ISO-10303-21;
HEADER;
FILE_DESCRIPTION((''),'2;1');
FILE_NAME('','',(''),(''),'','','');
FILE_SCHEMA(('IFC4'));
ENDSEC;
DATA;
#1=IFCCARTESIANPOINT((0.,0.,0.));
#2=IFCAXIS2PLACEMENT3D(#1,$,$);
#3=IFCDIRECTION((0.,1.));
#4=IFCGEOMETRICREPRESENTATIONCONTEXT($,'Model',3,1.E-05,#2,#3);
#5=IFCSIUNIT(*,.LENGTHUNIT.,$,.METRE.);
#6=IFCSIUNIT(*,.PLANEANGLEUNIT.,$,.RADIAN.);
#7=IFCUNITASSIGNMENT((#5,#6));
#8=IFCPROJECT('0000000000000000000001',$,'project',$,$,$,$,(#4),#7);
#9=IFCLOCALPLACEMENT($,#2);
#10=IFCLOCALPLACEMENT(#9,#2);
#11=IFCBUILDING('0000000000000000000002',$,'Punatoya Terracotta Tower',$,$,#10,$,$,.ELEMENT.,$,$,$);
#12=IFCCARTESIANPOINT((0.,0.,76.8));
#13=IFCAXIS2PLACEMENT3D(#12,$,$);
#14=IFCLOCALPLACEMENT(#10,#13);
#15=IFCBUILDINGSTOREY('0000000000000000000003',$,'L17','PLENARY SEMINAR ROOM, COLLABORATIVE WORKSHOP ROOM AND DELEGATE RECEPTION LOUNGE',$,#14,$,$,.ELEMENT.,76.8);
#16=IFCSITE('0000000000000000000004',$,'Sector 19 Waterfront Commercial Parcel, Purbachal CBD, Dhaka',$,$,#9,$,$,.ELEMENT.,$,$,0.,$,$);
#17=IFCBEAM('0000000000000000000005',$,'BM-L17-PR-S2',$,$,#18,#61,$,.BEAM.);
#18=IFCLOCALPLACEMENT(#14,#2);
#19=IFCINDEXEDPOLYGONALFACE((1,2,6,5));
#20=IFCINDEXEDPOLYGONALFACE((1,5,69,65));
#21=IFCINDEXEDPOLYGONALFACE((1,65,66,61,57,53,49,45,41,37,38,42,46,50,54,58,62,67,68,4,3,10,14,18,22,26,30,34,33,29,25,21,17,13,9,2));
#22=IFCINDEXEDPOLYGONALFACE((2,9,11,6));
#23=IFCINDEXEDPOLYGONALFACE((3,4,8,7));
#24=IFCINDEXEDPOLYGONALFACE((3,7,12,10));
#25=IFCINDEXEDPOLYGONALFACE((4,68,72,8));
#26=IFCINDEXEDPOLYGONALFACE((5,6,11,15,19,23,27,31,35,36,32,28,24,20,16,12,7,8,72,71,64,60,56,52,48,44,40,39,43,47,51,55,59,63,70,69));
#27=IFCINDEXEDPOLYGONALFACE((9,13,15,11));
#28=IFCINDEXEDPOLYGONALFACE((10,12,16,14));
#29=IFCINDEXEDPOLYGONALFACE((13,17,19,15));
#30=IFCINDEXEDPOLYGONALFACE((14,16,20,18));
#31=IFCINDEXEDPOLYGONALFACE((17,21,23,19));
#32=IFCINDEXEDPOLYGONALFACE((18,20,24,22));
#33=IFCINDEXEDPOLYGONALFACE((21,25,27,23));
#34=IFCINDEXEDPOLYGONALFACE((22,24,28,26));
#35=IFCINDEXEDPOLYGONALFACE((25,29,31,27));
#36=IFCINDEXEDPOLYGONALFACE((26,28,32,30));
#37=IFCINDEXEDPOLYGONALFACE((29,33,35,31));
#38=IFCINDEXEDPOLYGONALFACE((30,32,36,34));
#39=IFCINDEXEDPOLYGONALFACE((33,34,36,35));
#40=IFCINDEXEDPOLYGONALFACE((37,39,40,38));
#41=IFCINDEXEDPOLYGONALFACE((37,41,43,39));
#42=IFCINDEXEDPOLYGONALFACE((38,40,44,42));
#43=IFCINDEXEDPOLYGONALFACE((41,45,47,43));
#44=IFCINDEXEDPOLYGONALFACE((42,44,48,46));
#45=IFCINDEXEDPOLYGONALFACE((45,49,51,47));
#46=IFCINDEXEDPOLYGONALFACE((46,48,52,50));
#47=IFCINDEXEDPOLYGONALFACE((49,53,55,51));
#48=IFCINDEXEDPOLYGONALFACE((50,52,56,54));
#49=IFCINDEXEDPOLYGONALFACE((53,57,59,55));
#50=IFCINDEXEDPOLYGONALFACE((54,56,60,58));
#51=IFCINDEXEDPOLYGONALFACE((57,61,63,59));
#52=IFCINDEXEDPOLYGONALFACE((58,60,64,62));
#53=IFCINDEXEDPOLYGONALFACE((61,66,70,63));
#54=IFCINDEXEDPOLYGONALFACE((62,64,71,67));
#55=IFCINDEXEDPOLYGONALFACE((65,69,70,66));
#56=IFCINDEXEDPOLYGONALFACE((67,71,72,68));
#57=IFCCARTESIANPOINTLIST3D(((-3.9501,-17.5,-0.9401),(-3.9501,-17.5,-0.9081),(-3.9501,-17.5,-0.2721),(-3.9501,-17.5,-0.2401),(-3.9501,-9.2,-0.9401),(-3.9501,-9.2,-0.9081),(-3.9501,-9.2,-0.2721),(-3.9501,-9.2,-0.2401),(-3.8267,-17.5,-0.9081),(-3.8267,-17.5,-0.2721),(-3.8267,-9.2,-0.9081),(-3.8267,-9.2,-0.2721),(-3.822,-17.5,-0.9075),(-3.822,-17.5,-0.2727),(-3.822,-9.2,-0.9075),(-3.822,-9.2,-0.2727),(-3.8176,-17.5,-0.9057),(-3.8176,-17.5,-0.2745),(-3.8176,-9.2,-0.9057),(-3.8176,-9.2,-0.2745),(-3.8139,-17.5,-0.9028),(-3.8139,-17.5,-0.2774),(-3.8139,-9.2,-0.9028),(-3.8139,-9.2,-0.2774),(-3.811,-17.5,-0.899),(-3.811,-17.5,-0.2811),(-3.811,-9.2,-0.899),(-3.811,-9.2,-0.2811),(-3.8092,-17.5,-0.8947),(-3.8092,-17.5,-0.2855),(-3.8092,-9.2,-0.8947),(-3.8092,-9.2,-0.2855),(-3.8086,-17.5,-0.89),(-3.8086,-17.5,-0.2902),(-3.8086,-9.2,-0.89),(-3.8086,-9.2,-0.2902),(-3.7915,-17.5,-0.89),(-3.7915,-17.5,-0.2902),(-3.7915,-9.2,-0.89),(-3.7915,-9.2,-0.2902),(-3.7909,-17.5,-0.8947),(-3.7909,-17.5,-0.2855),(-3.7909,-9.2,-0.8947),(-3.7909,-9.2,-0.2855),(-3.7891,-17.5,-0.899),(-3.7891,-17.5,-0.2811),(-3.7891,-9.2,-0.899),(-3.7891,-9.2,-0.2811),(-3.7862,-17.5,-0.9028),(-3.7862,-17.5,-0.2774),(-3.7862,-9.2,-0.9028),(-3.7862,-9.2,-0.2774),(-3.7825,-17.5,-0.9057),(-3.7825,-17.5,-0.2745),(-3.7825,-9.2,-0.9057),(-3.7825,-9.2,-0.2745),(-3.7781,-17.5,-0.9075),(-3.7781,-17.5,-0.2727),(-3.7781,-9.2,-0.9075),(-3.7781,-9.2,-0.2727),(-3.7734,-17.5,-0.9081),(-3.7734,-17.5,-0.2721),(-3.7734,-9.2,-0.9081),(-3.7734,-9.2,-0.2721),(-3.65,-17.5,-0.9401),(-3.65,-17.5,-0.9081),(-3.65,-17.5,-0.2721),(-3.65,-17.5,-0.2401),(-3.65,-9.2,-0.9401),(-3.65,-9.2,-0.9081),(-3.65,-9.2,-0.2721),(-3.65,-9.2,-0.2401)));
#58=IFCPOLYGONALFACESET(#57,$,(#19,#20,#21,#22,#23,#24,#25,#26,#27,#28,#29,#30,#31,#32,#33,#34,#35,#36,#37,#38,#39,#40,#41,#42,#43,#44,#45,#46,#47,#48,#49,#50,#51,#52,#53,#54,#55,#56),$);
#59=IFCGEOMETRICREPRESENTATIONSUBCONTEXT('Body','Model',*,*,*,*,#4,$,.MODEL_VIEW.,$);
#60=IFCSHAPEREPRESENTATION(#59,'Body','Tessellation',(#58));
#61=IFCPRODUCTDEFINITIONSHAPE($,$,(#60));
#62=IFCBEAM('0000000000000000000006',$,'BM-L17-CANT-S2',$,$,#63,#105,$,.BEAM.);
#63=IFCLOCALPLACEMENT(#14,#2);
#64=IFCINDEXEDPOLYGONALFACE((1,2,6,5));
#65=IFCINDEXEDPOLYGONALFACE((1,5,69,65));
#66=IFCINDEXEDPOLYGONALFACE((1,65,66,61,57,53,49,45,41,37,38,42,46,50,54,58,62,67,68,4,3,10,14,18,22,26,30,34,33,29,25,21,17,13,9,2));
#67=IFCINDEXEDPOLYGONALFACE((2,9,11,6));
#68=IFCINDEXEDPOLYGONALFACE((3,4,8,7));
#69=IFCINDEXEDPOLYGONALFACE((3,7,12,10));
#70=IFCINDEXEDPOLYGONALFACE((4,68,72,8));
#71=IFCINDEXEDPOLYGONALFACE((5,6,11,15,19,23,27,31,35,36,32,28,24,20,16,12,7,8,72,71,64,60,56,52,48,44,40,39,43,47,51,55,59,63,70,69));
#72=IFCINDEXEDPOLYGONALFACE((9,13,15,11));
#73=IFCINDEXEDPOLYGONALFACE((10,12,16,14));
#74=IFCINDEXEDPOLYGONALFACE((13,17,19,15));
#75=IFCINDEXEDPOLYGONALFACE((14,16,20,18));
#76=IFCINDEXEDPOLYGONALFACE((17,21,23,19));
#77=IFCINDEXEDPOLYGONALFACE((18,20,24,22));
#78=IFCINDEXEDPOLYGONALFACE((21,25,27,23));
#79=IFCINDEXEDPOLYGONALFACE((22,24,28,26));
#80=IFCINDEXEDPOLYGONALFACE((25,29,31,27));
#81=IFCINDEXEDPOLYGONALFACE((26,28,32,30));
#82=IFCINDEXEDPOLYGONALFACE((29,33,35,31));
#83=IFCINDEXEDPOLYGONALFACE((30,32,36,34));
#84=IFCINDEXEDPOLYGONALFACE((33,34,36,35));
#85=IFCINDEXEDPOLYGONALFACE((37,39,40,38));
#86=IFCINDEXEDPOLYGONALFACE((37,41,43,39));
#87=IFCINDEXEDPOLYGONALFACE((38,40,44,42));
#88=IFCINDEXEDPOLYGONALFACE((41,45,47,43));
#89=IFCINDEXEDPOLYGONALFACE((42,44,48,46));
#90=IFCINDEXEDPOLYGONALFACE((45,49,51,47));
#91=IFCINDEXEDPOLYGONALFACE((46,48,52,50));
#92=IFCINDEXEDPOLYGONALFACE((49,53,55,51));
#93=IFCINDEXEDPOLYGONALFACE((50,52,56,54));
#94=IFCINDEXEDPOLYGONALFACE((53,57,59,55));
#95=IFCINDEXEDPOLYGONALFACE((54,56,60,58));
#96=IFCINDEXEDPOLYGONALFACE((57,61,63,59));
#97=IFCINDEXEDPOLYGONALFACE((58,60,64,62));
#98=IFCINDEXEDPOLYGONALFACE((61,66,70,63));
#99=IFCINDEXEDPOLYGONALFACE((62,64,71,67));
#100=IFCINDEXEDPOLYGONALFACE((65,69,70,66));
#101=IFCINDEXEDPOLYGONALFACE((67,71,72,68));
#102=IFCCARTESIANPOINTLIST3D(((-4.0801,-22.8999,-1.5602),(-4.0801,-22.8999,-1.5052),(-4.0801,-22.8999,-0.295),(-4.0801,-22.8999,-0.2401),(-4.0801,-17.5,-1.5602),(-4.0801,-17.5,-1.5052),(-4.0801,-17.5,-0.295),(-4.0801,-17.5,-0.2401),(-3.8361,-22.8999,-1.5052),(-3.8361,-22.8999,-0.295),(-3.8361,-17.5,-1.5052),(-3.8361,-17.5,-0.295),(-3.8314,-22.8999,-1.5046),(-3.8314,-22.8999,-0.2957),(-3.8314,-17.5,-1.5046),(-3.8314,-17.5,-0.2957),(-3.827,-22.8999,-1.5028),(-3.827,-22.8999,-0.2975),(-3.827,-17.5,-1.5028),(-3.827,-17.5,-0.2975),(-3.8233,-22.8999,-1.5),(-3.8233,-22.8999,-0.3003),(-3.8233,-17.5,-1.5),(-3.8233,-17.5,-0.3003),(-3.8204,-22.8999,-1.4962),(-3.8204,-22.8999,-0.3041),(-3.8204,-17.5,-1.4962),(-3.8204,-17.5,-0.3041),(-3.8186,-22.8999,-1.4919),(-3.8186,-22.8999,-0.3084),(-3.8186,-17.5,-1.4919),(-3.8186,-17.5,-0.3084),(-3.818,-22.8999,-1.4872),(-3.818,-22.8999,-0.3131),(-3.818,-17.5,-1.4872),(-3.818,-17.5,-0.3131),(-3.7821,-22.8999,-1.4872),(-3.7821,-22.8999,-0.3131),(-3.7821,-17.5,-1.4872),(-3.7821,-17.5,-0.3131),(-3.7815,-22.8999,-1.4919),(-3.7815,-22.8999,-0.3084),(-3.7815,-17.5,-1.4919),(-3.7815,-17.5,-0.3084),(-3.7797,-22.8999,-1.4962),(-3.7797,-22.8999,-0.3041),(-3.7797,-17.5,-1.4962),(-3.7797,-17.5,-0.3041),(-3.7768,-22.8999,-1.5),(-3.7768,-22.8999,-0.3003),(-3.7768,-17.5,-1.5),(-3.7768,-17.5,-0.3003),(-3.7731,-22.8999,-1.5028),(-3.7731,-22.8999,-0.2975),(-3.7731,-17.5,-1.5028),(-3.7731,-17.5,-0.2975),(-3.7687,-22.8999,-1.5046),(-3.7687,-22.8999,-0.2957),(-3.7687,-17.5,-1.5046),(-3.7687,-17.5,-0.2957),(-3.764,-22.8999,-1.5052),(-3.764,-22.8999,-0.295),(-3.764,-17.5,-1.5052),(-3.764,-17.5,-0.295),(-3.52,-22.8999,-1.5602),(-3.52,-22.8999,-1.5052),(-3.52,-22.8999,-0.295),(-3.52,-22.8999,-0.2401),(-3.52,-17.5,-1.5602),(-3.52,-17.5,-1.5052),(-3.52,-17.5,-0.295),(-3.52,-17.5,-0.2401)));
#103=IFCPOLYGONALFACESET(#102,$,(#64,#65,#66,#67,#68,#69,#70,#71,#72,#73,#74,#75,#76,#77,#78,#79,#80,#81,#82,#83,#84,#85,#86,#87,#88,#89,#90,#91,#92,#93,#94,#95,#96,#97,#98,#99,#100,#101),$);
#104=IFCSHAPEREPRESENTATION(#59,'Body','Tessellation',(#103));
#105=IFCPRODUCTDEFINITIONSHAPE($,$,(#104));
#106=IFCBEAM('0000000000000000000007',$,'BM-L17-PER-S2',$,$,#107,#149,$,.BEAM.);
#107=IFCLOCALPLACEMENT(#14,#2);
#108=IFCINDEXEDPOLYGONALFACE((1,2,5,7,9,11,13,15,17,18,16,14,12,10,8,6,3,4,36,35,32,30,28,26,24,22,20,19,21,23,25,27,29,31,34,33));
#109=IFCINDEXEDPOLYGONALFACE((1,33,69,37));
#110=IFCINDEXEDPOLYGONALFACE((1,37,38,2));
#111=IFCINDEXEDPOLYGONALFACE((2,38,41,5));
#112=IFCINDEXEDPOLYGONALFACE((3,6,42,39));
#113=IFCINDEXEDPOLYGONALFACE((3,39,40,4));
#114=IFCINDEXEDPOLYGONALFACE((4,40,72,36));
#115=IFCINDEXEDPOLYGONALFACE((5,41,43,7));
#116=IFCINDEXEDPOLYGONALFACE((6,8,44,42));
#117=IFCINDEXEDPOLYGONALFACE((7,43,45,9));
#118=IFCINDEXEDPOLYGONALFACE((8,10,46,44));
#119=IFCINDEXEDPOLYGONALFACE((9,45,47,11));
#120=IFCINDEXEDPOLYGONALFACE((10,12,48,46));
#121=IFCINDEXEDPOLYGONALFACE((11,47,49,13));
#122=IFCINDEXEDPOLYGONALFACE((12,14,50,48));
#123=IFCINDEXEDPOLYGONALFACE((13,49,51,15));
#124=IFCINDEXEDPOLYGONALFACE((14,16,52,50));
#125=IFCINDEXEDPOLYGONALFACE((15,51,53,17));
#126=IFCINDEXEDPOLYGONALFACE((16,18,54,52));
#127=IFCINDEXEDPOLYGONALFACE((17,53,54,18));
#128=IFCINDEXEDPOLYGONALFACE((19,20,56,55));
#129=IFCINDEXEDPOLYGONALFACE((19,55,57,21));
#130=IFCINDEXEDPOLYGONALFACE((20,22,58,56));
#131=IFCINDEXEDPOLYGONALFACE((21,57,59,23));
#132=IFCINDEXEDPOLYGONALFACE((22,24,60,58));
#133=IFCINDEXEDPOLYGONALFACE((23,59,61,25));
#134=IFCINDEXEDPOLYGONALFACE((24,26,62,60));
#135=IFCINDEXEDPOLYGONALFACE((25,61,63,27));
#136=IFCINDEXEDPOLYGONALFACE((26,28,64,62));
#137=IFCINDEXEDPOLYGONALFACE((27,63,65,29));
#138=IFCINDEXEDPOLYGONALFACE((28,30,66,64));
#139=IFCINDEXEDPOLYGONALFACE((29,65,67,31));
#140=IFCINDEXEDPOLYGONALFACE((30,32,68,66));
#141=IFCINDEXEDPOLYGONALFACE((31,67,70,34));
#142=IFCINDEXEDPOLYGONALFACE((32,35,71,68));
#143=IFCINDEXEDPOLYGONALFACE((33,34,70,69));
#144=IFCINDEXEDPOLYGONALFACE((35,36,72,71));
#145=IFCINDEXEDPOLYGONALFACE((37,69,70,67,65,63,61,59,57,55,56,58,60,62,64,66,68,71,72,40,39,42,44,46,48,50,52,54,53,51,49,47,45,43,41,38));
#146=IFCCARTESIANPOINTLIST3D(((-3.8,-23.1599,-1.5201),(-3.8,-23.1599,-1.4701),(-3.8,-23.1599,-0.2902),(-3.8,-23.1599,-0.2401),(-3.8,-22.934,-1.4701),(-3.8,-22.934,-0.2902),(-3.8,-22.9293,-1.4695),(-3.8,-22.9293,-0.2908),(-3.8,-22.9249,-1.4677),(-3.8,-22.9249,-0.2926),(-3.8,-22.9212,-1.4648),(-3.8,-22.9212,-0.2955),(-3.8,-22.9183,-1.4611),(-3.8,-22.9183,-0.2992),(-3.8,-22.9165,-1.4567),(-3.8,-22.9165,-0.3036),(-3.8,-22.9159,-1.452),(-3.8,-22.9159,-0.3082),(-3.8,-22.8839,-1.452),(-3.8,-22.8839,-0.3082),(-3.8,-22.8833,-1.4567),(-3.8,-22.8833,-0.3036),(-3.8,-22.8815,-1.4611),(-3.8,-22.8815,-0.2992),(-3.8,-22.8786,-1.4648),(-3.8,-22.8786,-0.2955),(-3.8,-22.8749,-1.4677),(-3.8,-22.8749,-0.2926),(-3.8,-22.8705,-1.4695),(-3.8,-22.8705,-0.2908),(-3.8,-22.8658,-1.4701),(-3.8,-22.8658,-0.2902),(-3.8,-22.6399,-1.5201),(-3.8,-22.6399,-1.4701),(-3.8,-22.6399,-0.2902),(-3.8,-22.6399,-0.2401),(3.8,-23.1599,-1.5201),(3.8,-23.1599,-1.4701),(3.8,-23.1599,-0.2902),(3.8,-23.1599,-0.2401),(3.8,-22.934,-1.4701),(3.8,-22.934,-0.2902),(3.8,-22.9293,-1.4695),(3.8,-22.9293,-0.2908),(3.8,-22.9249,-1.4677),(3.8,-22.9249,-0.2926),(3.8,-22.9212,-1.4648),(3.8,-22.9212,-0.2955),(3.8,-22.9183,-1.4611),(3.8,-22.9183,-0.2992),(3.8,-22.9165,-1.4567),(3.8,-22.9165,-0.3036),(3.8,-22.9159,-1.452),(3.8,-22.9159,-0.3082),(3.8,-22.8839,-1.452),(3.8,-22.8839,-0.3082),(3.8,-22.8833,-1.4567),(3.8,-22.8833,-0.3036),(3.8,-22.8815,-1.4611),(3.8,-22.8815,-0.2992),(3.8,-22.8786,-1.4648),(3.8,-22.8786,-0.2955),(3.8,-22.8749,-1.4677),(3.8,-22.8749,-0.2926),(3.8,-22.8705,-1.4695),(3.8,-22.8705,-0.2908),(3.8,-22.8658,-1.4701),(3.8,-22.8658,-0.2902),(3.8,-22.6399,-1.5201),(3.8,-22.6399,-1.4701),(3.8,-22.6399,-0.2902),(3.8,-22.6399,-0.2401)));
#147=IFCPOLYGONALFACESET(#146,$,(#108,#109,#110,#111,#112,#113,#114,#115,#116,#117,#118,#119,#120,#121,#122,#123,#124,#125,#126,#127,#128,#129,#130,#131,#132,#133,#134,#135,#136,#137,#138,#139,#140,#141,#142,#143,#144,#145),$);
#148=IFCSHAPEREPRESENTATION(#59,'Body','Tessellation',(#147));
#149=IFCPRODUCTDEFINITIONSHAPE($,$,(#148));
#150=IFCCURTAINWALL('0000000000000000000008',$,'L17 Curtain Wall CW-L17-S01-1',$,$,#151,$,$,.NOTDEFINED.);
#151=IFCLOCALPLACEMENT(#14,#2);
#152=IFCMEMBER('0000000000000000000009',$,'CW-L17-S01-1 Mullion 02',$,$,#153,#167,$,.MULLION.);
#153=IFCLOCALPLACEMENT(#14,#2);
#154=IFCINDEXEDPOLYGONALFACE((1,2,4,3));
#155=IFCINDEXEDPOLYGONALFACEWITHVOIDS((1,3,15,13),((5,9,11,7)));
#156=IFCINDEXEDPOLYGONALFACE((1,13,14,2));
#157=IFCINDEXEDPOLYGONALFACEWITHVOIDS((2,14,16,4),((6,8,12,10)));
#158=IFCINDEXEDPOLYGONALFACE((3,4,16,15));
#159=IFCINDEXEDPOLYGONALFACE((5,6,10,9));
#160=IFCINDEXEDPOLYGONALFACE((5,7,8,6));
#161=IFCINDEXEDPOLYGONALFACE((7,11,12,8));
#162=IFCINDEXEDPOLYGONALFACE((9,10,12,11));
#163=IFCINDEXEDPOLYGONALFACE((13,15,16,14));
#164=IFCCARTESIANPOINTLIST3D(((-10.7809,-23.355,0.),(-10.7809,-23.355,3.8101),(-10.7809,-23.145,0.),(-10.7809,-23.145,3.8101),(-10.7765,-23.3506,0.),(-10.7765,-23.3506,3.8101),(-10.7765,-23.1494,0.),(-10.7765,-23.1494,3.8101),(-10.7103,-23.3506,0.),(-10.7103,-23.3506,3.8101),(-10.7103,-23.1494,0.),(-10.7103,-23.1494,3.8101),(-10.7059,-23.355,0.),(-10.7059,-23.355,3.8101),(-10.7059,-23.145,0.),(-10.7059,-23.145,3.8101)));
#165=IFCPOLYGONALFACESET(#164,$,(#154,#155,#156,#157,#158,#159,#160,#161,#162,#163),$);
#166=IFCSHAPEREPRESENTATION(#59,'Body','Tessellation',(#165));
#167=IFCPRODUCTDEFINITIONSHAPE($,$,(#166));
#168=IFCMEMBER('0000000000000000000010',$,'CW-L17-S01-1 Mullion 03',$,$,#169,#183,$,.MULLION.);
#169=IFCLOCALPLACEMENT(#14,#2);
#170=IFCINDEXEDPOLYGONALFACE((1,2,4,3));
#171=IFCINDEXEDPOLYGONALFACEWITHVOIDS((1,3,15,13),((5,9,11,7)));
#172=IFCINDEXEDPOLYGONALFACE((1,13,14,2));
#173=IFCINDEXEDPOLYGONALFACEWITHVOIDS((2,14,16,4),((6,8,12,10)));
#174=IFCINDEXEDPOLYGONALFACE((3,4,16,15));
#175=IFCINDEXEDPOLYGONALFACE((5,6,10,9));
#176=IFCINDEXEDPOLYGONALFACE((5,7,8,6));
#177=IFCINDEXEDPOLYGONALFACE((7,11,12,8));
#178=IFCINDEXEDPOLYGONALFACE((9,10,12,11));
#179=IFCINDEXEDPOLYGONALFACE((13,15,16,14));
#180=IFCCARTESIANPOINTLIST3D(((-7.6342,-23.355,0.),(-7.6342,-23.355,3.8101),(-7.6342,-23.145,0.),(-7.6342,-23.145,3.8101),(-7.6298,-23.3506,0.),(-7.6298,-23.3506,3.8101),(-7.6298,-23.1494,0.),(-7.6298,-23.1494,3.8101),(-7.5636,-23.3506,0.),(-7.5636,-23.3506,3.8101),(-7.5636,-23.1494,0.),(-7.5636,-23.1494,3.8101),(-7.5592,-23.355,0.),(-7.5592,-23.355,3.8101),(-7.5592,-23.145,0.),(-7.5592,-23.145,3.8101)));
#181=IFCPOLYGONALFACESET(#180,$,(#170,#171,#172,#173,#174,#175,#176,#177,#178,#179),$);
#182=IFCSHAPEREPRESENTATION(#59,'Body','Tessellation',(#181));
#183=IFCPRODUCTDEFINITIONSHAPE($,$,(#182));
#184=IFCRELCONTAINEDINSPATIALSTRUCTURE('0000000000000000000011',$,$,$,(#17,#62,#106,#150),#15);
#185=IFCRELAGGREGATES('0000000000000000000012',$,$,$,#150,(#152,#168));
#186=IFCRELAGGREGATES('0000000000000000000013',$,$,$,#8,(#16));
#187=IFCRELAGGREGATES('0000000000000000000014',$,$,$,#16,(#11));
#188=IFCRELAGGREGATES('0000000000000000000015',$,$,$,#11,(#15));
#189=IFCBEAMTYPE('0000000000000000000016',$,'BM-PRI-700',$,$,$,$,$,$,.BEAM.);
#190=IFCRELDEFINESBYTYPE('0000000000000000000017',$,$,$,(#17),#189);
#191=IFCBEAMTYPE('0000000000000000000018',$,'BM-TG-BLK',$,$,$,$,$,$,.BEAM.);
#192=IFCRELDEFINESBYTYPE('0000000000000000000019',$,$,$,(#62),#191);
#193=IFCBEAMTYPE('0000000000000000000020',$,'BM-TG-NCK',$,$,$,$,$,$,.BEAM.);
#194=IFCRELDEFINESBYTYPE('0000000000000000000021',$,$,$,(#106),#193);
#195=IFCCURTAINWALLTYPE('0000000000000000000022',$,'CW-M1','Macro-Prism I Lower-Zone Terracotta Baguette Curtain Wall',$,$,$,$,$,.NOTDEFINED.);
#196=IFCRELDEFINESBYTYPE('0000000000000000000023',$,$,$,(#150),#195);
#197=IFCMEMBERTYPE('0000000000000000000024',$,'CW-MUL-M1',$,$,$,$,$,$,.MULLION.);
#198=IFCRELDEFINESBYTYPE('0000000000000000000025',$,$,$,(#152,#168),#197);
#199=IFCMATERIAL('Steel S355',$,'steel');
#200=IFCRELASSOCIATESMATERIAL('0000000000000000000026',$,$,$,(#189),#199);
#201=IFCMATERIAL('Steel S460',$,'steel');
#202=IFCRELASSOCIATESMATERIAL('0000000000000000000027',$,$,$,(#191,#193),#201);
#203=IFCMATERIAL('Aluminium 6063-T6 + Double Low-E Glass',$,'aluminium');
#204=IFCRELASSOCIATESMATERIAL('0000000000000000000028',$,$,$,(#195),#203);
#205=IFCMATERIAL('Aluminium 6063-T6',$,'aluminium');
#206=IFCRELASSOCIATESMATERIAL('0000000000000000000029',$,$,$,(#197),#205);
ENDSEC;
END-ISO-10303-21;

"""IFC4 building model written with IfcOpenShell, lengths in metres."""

from ifc_helpers import new_model, si_unit, direction, frame, origin, origin_2d, place, context, subcontext, project, spatial, hollow_rectangle, i_section, extrude, material, material_profile, profile_set, type_object, element, aggregate, save


model = new_model("IFC4")

# Units and contexts
model_context = context("Model", 3, precision=1e-05, world=origin(), true_north=direction((0.0, 1.0)))
body_context = subcontext(model_context, "Body", "Model", "MODEL_VIEW")
ifc_project = project(units=[si_unit("LENGTHUNIT", "METRE"), si_unit("PLANEANGLEUNIT", "RADIAN")], contexts=[model_context])

# Site, building, storey
site_placement = place(None, origin())
site = spatial("IfcSite", under=ifc_project, at=site_placement, Name="Sector 19 Waterfront Commercial Parcel, Purbachal CBD, Dhaka", CompositionType="ELEMENT", RefElevation=0.0)
building_placement = place(site_placement, origin())
building = spatial("IfcBuilding", under=site, at=building_placement, Name="Punatoya Terracotta Tower", CompositionType="ELEMENT")
storey_placement = place(building_placement, frame((0.0, 0.0, 76.8)))
storey = spatial("IfcBuildingStorey", under=building, at=storey_placement, Name="L17", Description="PLENARY SEMINAR ROOM, COLLABORATIVE WORKSHOP ROOM AND DELEGATE RECEPTION LOUNGE", CompositionType="ELEMENT", Elevation=76.8)

# Shared definitions
ifc_material_1 = material(Name="Steel S460", Category="steel")

# Beams
ifc_material_2 = material(Name="Steel S355", Category="steel")
ifc_material_profile_1 = material_profile(ifc_material_2, i_section(OverallWidth=0.3, OverallDepth=0.7, WebThickness=0.0171, FlangeThickness=0.032, FilletRadius=0.0181, at=origin_2d()))
ifc_profile_set_1 = profile_set([ifc_material_profile_1], Name="Steel S355")
beam_type_1 = type_object("IfcBeamType", Name="BM-PRI-700", PredefinedType="BEAM", material=ifc_profile_set_1)
for number, where, z_axis, x_axis, name in (
    (1, (-3.8, -17.5, -0.5901), (0.0, 1.0, 0.0), (-1.0, 0.0, 0.0), "BM-L17-PR-S2"),
):
    element("IfcBeam", number, at=place(storey_placement, frame(where, z_axis=z_axis, x_axis=x_axis)), inside=storey, type_object=beam_type_1, Name=name, PredefinedType="BEAM", context=body_context, shape_type="SweptSolid", body=[
        extrude(i_section(OverallWidth=0.3, OverallDepth=0.7, WebThickness=0.0171, FlangeThickness=0.032, FilletRadius=0.0181, at=origin_2d()), origin(), (0.0, 0.0, 1.0), 8.3),
    ])
ifc_material_profile_2 = material_profile(ifc_material_1, i_section(OverallWidth=0.5601, OverallDepth=1.3201, WebThickness=0.0359, FlangeThickness=0.0549, FilletRadius=0.0181, at=origin_2d()))
ifc_profile_set_2 = profile_set([ifc_material_profile_2], Name="Steel S460")
beam_type_2 = type_object("IfcBeamType", Name="BM-TG-BLK", PredefinedType="BEAM", material=ifc_profile_set_2)
beam_1_placement = place(storey_placement, frame((-3.8, -22.8999, -0.9001), z_axis=(0.0, 1.0, 0.0), x_axis=(-1.0, 0.0, 0.0)))
element("IfcBeam", 2, at=beam_1_placement, inside=storey, type_object=beam_type_2, Name="BM-L17-CANT-S2", PredefinedType="BEAM", context=body_context, shape_type="SweptSolid", body=[
    extrude(i_section(OverallWidth=0.5601, OverallDepth=1.3201, WebThickness=0.0359, FlangeThickness=0.0549, FilletRadius=0.0181, at=origin_2d()), origin(), (0.0, 0.0, 1.0), 5.3999),
])
ifc_material_profile_3 = material_profile(ifc_material_1, i_section(OverallWidth=0.52, OverallDepth=1.28, WebThickness=0.032, FlangeThickness=0.05, FilletRadius=0.0181, at=origin_2d()))
ifc_profile_set_3 = profile_set([ifc_material_profile_3], Name="Steel S460")
beam_type_3 = type_object("IfcBeamType", Name="BM-TG-NCK", PredefinedType="BEAM", material=ifc_profile_set_3)
beam_2_placement = place(storey_placement, frame((-3.8, -22.8999, -0.8801), z_axis=(1.0, 0.0, 0.0), x_axis=(0.0, 1.0, 0.0)))
element("IfcBeam", 3, at=beam_2_placement, inside=storey, type_object=beam_type_3, Name="BM-L17-PER-S2", PredefinedType="BEAM", context=body_context, shape_type="SweptSolid", body=[
    extrude(i_section(OverallWidth=0.52, OverallDepth=1.28, WebThickness=0.032, FlangeThickness=0.05, FilletRadius=0.0181, at=origin_2d()), origin(), (0.0, 0.0, 1.0), 7.6001),
])

# Curtain wall, members
ifc_material_3 = material(Name="Aluminium 6063-T6 + Double Low-E Glass", Category="aluminium")
curtain_wall_type = type_object("IfcCurtainWallType", Name="CW-M1", Description="Macro-Prism I Lower-Zone Terracotta Baguette Curtain Wall", PredefinedType="NOTDEFINED", material=ifc_material_3)
curtain_wall_placement = place(storey_placement, origin())
curtain_wall = element("IfcCurtainWall", 4, at=curtain_wall_placement, inside=storey, type_object=curtain_wall_type, Name="L17 Curtain Wall CW-L17-S01-1", PredefinedType="NOTDEFINED")
ifc_material_4 = material(Name="Aluminium 6063-T6", Category="aluminium")
ifc_material_profile_4 = material_profile(ifc_material_4, hollow_rectangle(XDim=0.075, YDim=0.21, WallThickness=0.0044, at=origin_2d()))
ifc_profile_set_4 = profile_set([ifc_material_profile_4], Name="Aluminium 6063-T6")
member_type_1 = type_object("IfcMemberType", Name="CW-MUL-M1", PredefinedType="MULLION", material=ifc_profile_set_4)
member_1_placement = place(storey_placement, frame((-10.7434, -23.25, 0.0), z_axis=(0.0, 0.0, 1.0), x_axis=(1.0, 0.0, 0.0)))
member_1 = element("IfcMember", 5, at=member_1_placement, type_object=member_type_1, Name="CW-L17-S01-1 Mullion 02", PredefinedType="MULLION", context=body_context, shape_type="SweptSolid", body=[
    extrude(hollow_rectangle(XDim=0.075, YDim=0.21, WallThickness=0.0044, at=origin_2d()), origin(), (0.0, 0.0, 1.0), 3.8101),
])
member_2_placement = place(storey_placement, frame((-7.5967, -23.25, 0.0), z_axis=(0.0, 0.0, 1.0), x_axis=(1.0, 0.0, 0.0)))
member_2 = element("IfcMember", 6, at=member_2_placement, type_object=member_type_1, Name="CW-L17-S01-1 Mullion 03", PredefinedType="MULLION", context=body_context, shape_type="SweptSolid", body=[
    extrude(hollow_rectangle(XDim=0.075, YDim=0.21, WallThickness=0.0044, at=origin_2d()), origin(), (0.0, 0.0, 1.0), 3.8101),
])

aggregate(curtain_wall, [member_1, member_2])

save(model, "model.ifc")
